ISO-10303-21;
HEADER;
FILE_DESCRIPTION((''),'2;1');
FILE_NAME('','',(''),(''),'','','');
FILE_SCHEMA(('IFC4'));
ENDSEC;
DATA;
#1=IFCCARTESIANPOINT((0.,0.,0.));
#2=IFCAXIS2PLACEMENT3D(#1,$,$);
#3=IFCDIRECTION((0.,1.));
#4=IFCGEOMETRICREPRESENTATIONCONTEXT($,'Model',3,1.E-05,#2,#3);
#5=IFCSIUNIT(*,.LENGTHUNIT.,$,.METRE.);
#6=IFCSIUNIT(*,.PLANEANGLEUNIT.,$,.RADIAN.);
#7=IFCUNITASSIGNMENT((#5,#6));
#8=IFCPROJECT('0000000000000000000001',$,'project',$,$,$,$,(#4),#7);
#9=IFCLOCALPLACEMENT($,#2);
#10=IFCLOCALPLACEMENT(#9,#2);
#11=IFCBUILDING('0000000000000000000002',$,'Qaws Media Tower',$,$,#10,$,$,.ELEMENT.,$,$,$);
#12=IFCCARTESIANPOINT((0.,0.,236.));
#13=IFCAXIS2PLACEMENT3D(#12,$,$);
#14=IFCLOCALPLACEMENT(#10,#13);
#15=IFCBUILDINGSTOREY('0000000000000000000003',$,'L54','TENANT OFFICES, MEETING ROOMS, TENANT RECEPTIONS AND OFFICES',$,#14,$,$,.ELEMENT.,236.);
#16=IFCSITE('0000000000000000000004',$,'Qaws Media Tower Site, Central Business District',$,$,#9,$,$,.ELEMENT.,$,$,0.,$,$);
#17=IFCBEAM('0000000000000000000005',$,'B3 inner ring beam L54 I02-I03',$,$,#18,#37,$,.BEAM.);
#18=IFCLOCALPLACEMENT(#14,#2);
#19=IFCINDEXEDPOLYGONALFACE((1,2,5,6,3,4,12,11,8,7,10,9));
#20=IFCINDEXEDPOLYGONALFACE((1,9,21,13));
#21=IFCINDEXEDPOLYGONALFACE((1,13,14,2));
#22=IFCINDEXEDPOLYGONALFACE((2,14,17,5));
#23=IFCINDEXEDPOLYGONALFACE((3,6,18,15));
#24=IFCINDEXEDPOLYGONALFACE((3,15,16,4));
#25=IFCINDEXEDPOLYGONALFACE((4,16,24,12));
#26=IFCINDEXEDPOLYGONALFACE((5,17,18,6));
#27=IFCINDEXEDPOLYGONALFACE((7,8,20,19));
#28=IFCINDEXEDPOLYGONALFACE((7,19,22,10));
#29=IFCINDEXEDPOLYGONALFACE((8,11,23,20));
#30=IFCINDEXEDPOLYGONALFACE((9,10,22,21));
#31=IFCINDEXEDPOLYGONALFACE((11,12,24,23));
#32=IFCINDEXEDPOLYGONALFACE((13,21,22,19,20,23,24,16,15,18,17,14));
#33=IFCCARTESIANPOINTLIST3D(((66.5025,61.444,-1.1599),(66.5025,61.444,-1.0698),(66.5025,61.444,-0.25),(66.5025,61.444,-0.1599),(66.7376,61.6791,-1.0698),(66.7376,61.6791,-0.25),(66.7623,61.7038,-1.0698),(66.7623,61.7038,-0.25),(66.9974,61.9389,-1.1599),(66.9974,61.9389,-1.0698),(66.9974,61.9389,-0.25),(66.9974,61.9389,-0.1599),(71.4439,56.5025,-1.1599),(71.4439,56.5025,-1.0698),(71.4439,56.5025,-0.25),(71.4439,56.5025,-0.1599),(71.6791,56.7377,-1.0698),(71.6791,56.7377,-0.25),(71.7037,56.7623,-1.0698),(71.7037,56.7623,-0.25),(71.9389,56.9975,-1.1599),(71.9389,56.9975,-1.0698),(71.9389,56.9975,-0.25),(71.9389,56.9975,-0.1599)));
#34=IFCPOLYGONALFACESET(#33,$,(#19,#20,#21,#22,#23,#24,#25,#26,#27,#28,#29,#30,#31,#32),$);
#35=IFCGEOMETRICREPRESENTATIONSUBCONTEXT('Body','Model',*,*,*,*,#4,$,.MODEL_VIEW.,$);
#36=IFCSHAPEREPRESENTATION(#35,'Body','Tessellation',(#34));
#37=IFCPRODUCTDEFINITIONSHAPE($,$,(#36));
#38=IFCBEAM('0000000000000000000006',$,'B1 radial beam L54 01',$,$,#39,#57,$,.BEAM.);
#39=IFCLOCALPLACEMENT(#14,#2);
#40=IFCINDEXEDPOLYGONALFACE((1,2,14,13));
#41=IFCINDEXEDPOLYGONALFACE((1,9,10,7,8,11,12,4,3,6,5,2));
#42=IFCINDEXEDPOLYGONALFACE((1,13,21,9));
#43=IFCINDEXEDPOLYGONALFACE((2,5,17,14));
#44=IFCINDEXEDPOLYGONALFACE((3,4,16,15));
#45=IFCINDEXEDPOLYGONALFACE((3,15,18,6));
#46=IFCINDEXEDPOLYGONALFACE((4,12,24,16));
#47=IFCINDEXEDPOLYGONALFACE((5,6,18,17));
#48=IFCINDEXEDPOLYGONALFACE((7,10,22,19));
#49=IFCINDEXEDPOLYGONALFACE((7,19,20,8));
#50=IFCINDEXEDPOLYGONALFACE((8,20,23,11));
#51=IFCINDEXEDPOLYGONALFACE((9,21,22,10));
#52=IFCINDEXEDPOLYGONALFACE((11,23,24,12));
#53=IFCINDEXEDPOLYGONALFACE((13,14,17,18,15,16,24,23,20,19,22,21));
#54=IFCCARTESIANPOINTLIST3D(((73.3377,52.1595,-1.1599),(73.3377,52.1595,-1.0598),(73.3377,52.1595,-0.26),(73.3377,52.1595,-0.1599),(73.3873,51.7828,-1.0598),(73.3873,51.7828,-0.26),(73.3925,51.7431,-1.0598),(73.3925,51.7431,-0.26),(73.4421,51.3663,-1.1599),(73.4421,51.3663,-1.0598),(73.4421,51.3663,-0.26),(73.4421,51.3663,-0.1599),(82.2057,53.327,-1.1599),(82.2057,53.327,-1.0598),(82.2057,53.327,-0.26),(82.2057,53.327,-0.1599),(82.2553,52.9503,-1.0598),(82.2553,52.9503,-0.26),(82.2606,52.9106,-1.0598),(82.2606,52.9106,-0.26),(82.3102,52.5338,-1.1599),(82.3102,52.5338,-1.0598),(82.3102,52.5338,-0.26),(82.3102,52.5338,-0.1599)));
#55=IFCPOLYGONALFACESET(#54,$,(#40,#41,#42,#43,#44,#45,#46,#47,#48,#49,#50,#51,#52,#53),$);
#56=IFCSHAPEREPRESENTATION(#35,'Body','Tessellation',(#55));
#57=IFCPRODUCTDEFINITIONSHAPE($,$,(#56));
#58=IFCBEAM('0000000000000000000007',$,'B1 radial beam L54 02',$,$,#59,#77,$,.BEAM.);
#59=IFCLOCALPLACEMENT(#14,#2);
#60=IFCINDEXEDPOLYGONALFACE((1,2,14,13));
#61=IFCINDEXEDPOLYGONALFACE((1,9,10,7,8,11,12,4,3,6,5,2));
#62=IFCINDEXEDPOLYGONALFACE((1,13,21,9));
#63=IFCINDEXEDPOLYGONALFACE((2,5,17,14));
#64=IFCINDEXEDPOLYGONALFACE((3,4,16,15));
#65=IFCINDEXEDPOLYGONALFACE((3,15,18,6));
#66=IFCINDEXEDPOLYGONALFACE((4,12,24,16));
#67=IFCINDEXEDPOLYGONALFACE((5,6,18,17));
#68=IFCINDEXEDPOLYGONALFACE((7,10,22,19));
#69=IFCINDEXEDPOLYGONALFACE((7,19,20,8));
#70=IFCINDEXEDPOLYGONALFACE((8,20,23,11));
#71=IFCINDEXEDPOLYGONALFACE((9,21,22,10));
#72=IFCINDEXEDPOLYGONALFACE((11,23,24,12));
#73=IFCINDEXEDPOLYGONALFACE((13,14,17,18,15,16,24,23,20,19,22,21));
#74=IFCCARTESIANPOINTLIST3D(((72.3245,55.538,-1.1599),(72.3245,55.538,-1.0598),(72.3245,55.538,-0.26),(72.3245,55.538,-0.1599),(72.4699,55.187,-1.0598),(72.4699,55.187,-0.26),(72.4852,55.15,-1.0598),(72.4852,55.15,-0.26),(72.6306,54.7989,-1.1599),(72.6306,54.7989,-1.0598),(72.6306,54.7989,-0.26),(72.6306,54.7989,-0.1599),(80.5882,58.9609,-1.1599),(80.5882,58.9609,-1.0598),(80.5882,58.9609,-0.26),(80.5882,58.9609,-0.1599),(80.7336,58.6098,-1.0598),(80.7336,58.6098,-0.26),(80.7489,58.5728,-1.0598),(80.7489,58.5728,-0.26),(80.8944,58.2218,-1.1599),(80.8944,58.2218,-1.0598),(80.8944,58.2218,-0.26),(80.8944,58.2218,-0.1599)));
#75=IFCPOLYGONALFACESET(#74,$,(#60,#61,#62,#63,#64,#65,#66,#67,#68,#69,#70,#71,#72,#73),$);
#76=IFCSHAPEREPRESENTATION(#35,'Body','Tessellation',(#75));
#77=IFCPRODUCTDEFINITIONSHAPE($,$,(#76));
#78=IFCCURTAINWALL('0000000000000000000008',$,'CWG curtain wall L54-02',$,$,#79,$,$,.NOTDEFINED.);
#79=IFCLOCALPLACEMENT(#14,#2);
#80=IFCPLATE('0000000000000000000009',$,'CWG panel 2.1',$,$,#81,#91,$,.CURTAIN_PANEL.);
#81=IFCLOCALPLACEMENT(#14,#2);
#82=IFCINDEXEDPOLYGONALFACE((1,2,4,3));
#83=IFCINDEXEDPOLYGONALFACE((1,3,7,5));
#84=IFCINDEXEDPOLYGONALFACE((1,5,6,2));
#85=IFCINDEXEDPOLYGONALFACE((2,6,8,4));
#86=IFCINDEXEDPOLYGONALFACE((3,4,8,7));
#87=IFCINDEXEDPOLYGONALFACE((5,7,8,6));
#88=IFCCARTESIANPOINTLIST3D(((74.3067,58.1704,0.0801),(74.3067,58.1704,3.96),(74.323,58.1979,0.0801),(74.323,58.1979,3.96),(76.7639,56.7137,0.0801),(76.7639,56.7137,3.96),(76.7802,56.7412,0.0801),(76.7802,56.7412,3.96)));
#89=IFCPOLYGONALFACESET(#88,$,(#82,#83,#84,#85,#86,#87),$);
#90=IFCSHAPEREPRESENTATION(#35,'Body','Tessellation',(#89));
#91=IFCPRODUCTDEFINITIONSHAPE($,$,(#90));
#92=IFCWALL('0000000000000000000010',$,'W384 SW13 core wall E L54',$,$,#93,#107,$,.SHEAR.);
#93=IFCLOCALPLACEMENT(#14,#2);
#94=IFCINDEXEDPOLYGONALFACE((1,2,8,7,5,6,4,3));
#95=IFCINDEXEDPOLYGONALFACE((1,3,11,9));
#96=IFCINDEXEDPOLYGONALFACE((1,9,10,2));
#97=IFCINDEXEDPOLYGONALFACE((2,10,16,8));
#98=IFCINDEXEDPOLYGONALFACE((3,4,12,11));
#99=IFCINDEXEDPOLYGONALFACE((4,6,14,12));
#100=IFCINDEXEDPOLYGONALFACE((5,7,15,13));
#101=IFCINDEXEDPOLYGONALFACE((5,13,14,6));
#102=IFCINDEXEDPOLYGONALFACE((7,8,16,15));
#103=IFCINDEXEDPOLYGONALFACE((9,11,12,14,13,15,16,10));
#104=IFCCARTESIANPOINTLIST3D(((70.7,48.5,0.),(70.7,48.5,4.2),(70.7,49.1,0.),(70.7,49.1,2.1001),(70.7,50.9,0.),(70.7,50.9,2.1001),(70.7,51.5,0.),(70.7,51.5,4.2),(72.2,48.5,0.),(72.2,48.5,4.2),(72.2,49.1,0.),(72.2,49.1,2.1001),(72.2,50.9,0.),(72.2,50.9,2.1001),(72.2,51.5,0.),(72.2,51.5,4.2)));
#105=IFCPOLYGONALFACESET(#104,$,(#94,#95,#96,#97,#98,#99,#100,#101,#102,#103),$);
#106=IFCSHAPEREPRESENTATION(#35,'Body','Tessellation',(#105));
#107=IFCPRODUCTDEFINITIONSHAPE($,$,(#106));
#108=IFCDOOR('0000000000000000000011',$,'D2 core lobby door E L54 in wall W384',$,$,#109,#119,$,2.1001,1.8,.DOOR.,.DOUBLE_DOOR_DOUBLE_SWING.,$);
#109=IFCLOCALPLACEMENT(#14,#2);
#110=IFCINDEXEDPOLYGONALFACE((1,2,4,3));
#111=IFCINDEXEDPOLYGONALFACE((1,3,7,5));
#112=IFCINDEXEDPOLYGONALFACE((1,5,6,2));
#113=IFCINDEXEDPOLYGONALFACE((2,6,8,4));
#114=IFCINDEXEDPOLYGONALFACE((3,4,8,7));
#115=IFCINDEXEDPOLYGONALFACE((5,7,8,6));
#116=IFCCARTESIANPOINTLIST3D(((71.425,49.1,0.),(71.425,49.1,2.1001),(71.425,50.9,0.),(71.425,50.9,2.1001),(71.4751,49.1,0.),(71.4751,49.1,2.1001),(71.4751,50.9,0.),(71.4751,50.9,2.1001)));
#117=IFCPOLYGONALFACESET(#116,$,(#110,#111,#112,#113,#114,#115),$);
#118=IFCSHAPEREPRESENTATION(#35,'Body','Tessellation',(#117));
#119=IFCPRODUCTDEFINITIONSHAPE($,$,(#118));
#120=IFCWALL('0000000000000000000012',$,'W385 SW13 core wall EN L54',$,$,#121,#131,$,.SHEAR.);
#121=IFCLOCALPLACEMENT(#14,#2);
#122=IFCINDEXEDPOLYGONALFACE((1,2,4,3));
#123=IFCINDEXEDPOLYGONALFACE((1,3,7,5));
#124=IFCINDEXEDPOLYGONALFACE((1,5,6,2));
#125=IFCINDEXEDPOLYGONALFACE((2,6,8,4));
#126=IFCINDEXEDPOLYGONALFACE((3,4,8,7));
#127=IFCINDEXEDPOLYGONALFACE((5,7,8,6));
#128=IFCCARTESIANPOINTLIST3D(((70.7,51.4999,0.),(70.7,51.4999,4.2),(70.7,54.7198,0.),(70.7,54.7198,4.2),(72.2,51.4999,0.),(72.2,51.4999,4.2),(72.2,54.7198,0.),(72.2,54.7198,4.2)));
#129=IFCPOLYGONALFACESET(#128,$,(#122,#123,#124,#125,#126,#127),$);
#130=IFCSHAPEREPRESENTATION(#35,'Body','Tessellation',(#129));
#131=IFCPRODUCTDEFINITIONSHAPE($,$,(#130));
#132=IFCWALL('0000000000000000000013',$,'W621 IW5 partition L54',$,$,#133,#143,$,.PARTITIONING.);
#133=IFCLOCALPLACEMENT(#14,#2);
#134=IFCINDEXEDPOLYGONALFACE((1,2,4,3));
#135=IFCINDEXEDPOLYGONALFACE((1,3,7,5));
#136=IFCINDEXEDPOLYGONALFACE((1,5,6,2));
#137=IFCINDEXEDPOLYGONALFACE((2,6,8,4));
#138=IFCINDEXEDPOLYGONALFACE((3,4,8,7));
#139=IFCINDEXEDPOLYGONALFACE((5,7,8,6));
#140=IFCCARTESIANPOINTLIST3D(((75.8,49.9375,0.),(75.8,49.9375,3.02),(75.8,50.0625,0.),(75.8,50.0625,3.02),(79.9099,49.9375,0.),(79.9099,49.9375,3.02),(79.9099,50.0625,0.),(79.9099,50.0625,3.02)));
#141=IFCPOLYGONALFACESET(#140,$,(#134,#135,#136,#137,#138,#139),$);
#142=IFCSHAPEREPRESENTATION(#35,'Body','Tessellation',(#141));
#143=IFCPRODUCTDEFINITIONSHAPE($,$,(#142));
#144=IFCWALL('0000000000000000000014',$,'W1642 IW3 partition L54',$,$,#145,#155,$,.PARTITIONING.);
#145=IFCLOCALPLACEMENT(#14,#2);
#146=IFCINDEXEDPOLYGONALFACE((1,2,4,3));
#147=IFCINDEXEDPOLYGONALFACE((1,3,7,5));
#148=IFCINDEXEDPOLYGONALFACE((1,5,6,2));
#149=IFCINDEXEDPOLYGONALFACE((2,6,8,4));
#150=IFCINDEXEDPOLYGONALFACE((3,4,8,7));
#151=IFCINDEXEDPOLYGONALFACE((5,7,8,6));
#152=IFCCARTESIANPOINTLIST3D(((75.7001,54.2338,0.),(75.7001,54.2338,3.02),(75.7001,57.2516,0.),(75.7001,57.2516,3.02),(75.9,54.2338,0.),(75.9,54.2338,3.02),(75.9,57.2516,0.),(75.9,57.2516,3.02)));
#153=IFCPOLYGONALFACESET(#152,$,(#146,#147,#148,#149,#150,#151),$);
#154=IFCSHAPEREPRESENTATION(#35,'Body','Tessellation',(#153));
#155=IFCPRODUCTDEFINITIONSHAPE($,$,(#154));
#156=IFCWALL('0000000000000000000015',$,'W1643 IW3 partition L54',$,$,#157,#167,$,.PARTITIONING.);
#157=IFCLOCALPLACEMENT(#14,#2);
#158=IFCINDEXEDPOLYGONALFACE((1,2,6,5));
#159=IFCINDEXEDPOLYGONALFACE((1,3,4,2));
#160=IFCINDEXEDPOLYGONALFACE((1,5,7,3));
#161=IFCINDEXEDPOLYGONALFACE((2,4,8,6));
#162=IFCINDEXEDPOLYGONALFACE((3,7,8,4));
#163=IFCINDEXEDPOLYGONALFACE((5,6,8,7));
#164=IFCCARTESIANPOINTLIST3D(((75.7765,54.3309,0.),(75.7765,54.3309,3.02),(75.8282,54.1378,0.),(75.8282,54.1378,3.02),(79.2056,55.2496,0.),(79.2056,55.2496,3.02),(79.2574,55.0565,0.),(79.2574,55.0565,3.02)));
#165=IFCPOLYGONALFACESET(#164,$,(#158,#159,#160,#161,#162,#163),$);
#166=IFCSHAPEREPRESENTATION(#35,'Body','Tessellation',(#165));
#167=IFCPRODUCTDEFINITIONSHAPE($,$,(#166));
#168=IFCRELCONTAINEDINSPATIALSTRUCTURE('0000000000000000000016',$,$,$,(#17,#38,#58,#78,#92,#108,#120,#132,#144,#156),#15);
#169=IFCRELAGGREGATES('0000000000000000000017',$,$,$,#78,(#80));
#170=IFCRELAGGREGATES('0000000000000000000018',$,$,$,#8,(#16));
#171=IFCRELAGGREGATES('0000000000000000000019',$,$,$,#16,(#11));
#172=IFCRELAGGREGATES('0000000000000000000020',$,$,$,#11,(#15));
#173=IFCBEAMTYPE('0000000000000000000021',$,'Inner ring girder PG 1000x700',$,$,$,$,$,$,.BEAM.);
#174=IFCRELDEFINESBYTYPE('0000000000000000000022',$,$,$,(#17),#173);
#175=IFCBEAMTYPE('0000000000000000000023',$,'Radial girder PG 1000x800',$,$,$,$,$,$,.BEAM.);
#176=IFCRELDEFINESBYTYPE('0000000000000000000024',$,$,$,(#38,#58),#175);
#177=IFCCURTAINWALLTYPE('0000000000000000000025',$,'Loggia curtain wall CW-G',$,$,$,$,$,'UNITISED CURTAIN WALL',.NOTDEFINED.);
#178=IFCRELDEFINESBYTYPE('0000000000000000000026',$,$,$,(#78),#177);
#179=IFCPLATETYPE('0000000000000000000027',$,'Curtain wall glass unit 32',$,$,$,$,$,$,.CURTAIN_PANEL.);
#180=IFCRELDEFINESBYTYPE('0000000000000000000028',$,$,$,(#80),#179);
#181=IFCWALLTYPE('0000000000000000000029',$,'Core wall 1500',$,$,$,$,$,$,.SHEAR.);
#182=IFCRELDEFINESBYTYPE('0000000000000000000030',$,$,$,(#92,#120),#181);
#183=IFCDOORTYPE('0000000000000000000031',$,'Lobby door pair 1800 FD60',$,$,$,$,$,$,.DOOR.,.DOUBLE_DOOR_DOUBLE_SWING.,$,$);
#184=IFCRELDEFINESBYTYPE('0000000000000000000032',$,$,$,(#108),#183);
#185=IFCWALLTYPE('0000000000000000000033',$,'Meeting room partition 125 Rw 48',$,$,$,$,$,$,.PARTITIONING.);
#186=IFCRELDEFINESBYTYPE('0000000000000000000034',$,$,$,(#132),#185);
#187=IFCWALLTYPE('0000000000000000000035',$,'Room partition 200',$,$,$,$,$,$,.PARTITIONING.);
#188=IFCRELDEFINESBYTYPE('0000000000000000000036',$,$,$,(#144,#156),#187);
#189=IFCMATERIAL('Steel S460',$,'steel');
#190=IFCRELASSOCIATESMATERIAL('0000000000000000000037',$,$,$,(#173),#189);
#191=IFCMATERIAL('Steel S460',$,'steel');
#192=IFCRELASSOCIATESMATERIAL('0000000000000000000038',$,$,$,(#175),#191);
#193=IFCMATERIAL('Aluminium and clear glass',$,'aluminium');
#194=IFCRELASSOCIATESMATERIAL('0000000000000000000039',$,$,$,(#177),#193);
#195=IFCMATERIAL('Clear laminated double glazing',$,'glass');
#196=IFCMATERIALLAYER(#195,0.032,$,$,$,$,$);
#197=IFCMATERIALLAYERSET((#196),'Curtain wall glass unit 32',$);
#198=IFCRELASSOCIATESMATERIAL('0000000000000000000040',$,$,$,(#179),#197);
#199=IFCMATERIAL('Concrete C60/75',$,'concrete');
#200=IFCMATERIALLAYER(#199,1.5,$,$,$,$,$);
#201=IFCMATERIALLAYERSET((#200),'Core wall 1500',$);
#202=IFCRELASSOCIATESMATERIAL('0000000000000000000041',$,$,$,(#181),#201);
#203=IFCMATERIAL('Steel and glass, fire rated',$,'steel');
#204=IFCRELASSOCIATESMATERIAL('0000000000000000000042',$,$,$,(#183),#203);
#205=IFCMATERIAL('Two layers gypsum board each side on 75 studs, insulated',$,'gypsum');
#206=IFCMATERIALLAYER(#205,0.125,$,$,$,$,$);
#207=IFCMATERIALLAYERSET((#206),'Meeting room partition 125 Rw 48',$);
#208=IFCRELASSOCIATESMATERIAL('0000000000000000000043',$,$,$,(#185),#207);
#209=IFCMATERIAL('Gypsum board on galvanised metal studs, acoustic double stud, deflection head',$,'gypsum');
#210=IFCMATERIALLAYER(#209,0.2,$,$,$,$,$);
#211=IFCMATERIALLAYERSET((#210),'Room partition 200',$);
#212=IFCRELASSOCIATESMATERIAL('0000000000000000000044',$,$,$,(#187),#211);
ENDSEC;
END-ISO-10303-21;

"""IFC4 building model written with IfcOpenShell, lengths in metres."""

from ifc_helpers import new_model, si_unit, direction, frame, frame_2d, origin, origin_2d, place, context, subcontext, project, spatial, rectangle, i_section, extrude, material, layer, layer_set, material_profile, profile_set, type_object, element, fill, aggregate, save


model = new_model("IFC4")

# Units and contexts
model_context = context("Model", 3, precision=1e-05, world=origin(), true_north=direction((0.0, 1.0)))
body_context = subcontext(model_context, "Body", "Model", "MODEL_VIEW")
ifc_project = project(units=[si_unit("LENGTHUNIT", "METRE"), si_unit("PLANEANGLEUNIT", "RADIAN")], contexts=[model_context])

# Site, building, storey
site_placement = place(None, origin())
site = spatial("IfcSite", under=ifc_project, at=site_placement, Name="Qaws Media Tower Site, Central Business District", CompositionType="ELEMENT", RefElevation=0.0)
building_placement = place(site_placement, origin())
building = spatial("IfcBuilding", under=site, at=building_placement, Name="Qaws Media Tower", CompositionType="ELEMENT")
storey_placement = place(building_placement, frame((0.0, 0.0, 236.0)))
storey = spatial("IfcBuildingStorey", under=building, at=storey_placement, Name="L54", Description="TENANT OFFICES, MEETING ROOMS, TENANT RECEPTIONS AND OFFICES", CompositionType="ELEMENT", Elevation=236.0)

# Beams
ifc_material_1 = material(Name="Steel S460", Category="steel")
ifc_material_profile_1 = material_profile(ifc_material_1, i_section(OverallWidth=0.7, OverallDepth=1.0, WebThickness=0.0349, FlangeThickness=0.0901, at=origin_2d()), Name="PG 1000x700")
ifc_profile_set_1 = profile_set([ifc_material_profile_1], Name="Steel S460")
beam_type_1 = type_object("IfcBeamType", Name="Inner ring girder PG 1000x700", PredefinedType="BEAM", material=ifc_profile_set_1)
beam_1_placement = place(storey_placement, frame((71.6914, 56.75, -0.6599), z_axis=(-0.707107, 0.707107, 0.0), x_axis=(-0.707107, -0.707107, 0.0)))
element("IfcBeam", 1, at=beam_1_placement, inside=storey, type_object=beam_type_1, Name="B3 inner ring beam L54 I02-I03", PredefinedType="BEAM", context=body_context, shape_type="SweptSolid", body=[
    extrude(i_section(OverallWidth=0.7, OverallDepth=1.0, WebThickness=0.0349, FlangeThickness=0.0901, at=origin_2d()), origin(), (0.0, 0.0, 1.0), 6.9883),
])
ifc_material_2 = material(Name="Steel S460", Category="steel")
ifc_material_profile_2 = material_profile(ifc_material_2, i_section(OverallWidth=0.8, OverallDepth=1.0, WebThickness=0.04, FlangeThickness=0.1001, at=origin_2d()), Name="PG 1000x800")
ifc_profile_set_2 = profile_set([ifc_material_profile_2], Name="Steel S460")
beam_type_2 = type_object("IfcBeamType", Name="Radial girder PG 1000x800", PredefinedType="BEAM", material=ifc_profile_set_2)
for number, where, z_axis, x_axis, name in (
    (2, (73.3899, 51.7629, -0.6599), (0.991445, 0.130522, 0.0), (-0.130522, 0.991445, 0.0), "B1 radial beam L54 01"),
    (3, (72.4775, 55.1685, -0.6599), (0.923882, 0.382676, 0.0), (-0.382676, 0.923882, 0.0), "B1 radial beam L54 02"),
):
    element("IfcBeam", number, at=place(storey_placement, frame(where, z_axis=z_axis, x_axis=x_axis)), inside=storey, type_object=beam_type_2, Name=name, PredefinedType="BEAM", context=body_context, shape_type="SweptSolid", body=[
        extrude(i_section(OverallWidth=0.8, OverallDepth=1.0, WebThickness=0.04, FlangeThickness=0.1001, at=origin_2d()), origin(), (0.0, 0.0, 1.0), 8.9446),
    ])

# Curtain wall, plate
ifc_material_3 = material(Name="Aluminium and clear glass", Category="aluminium")
curtain_wall_type = type_object("IfcCurtainWallType", Name="Loggia curtain wall CW-G", ElementType="UNITISED CURTAIN WALL", PredefinedType="NOTDEFINED", material=ifc_material_3)
curtain_wall_placement = place(storey_placement, origin())
curtain_wall = element("IfcCurtainWall", 4, at=curtain_wall_placement, inside=storey, type_object=curtain_wall_type, Name="CWG curtain wall L54-02", PredefinedType="NOTDEFINED")
ifc_material_4 = material(Name="Clear laminated double glazing", Category="glass")
ifc_layer_1 = layer(ifc_material_4, 0.032)
ifc_layer_set_1 = layer_set([ifc_layer_1], Name="Curtain wall glass unit 32")
plate_type = type_object("IfcPlateType", Name="Curtain wall glass unit 32", PredefinedType="CURTAIN_PANEL", material=ifc_layer_set_1)
plate_placement = place(storey_placement, frame((75.5435, 57.4558, 0.0801), z_axis=(0.0, 0.0, 1.0), x_axis=(-0.860204, 0.509951, 0.0)))
plate = element("IfcPlate", 5, at=plate_placement, type_object=plate_type, Name="CWG panel 2.1", PredefinedType="CURTAIN_PANEL", context=body_context, shape_type="SweptSolid", body=[
    extrude(rectangle(XDim=2.8564, YDim=0.032, at=origin_2d()), origin(), (0.0, 0.0, 1.0), 3.8799),
])
aggregate(curtain_wall, [plate])

# Wall, opening, door
ifc_material_5 = material(Name="Concrete C60/75", Category="concrete")
ifc_layer_2 = layer(ifc_material_5, 1.5)
ifc_layer_set_2 = layer_set([ifc_layer_2], Name="Core wall 1500")
wall_type_1 = type_object("IfcWallType", Name="Core wall 1500", PredefinedType="SHEAR", material=ifc_layer_set_2)
wall_1_placement = place(storey_placement, frame((71.45, 48.5, 0.0), z_axis=(0.0, 0.0, 1.0), x_axis=(0.0, 1.0, 0.0)))
wall_1 = element("IfcWall", 6, at=wall_1_placement, inside=storey, type_object=wall_type_1, Name="W384 SW13 core wall E L54", PredefinedType="SHEAR", context=body_context, shape_type="SweptSolid", body=[
    extrude(rectangle(XDim=3.0, YDim=1.5, at=frame_2d((1.5, 0.0))), origin(), (0.0, 0.0, 1.0), 4.2),
])
opening_1_placement = place(wall_1_placement, frame((0.6001, 0.0, 0.0)))
opening_1 = element("IfcOpeningElement", 7, at=opening_1_placement, cuts=wall_1, PredefinedType="OPENING", context=body_context, shape_type="SweptSolid", body=[
    extrude(rectangle(XDim=1.8, YDim=2.1001, at=frame_2d((0.8999, 1.05))), frame((0.0, 0.76, 0.0), z_axis=(0.0, -1.0, 0.0), x_axis=(1.0, 0.0, 0.0)), (0.0, 0.0, 1.0), 1.52),
])
ifc_material_6 = material(Name="Steel and glass, fire rated", Category="steel")
door_type_1 = type_object("IfcDoorType", Name="Lobby door pair 1800 FD60", OperationType="DOUBLE_DOOR_DOUBLE_SWING", PredefinedType="DOOR", material=ifc_material_6)
door_1_placement = place(opening_1_placement, origin())
door_1 = element("IfcDoor", 8, at=door_1_placement, inside=storey, type_object=door_type_1, Name="D2 core lobby door E L54 in wall W384", OperationType="DOUBLE_DOOR_DOUBLE_SWING", OverallHeight=2.1001, OverallWidth=1.8, PredefinedType="DOOR", context=body_context, shape_type="SweptSolid", body=[
    extrude(rectangle(XDim=1.8, YDim=2.1001, at=frame_2d((0.8999, 1.05))), frame((0.0, 0.0249, 0.0), z_axis=(0.0, -1.0, 0.0), x_axis=(1.0, 0.0, 0.0)), (0.0, 0.0, 1.0), 0.05),
])
fill(opening_1, door_1)

# Walls
wall_2_placement = place(storey_placement, frame((71.45, 51.5, 0.0), z_axis=(0.0, 0.0, 1.0), x_axis=(0.0, 1.0, 0.0)))
element("IfcWall", 9, at=wall_2_placement, inside=storey, type_object=wall_type_1, Name="W385 SW13 core wall EN L54", PredefinedType="SHEAR", context=body_context, shape_type="SweptSolid", body=[
    extrude(rectangle(XDim=3.22, YDim=1.5, at=frame_2d((1.6099, 0.0))), origin(), (0.0, 0.0, 1.0), 4.2),
])
ifc_material_7 = material(Name="Two layers gypsum board each side on 75 studs, insulated", Category="gypsum")
ifc_layer_3 = layer(ifc_material_7, 0.125)
ifc_layer_set_3 = layer_set([ifc_layer_3], Name="Meeting room partition 125 Rw 48")
wall_type_2 = type_object("IfcWallType", Name="Meeting room partition 125 Rw 48", PredefinedType="PARTITIONING", material=ifc_layer_set_3)
wall_3_placement = place(storey_placement, frame((75.8, 50.0, 0.0), z_axis=(0.0, 0.0, 1.0), x_axis=(1.0, 0.0, 0.0)))
element("IfcWall", 10, at=wall_3_placement, inside=storey, type_object=wall_type_2, Name="W621 IW5 partition L54", PredefinedType="PARTITIONING", context=body_context, shape_type="SweptSolid", body=[
    extrude(rectangle(XDim=4.1099, YDim=0.125, at=frame_2d((2.0549, 0.0))), origin(), (0.0, 0.0, 1.0), 3.02),
])
ifc_material_8 = material(Name="Gypsum board on galvanised metal studs, acoustic double stud, deflection head", Category="gypsum")
ifc_layer_4 = layer(ifc_material_8, 0.2)
ifc_layer_set_4 = layer_set([ifc_layer_4], Name="Room partition 200")
wall_type_3 = type_object("IfcWallType", Name="Room partition 200", PredefinedType="PARTITIONING", material=ifc_layer_set_4)
wall_4_placement = place(storey_placement, frame((75.8, 57.2515, 0.0), z_axis=(0.0, 0.0, 1.0), x_axis=(0.0, -1.0, 0.0)))
element("IfcWall", 11, at=wall_4_placement, inside=storey, type_object=wall_type_3, Name="W1642 IW3 partition L54", PredefinedType="PARTITIONING", context=body_context, shape_type="SweptSolid", body=[
    extrude(rectangle(XDim=3.0178, YDim=0.2, at=frame_2d((1.5088, 0.0))), origin(), (0.0, 0.0, 1.0), 3.02),
])

# Wall
wall_5_placement = place(storey_placement, frame((75.8025, 54.2344, 0.0), z_axis=(0.0, 0.0, 1.0), x_axis=(0.965936, 0.25878, 0.0)))
element("IfcWall", 12, at=wall_5_placement, inside=storey, type_object=wall_type_3, Name="W1643 IW3 partition L54", PredefinedType="PARTITIONING", context=body_context, shape_type="SweptSolid", body=[
    extrude(rectangle(XDim=3.55, YDim=0.2, at=frame_2d((1.7749, 0.0))), origin(), (0.0, 0.0, 1.0), 3.02),
])

save(model, "model.ifc")
